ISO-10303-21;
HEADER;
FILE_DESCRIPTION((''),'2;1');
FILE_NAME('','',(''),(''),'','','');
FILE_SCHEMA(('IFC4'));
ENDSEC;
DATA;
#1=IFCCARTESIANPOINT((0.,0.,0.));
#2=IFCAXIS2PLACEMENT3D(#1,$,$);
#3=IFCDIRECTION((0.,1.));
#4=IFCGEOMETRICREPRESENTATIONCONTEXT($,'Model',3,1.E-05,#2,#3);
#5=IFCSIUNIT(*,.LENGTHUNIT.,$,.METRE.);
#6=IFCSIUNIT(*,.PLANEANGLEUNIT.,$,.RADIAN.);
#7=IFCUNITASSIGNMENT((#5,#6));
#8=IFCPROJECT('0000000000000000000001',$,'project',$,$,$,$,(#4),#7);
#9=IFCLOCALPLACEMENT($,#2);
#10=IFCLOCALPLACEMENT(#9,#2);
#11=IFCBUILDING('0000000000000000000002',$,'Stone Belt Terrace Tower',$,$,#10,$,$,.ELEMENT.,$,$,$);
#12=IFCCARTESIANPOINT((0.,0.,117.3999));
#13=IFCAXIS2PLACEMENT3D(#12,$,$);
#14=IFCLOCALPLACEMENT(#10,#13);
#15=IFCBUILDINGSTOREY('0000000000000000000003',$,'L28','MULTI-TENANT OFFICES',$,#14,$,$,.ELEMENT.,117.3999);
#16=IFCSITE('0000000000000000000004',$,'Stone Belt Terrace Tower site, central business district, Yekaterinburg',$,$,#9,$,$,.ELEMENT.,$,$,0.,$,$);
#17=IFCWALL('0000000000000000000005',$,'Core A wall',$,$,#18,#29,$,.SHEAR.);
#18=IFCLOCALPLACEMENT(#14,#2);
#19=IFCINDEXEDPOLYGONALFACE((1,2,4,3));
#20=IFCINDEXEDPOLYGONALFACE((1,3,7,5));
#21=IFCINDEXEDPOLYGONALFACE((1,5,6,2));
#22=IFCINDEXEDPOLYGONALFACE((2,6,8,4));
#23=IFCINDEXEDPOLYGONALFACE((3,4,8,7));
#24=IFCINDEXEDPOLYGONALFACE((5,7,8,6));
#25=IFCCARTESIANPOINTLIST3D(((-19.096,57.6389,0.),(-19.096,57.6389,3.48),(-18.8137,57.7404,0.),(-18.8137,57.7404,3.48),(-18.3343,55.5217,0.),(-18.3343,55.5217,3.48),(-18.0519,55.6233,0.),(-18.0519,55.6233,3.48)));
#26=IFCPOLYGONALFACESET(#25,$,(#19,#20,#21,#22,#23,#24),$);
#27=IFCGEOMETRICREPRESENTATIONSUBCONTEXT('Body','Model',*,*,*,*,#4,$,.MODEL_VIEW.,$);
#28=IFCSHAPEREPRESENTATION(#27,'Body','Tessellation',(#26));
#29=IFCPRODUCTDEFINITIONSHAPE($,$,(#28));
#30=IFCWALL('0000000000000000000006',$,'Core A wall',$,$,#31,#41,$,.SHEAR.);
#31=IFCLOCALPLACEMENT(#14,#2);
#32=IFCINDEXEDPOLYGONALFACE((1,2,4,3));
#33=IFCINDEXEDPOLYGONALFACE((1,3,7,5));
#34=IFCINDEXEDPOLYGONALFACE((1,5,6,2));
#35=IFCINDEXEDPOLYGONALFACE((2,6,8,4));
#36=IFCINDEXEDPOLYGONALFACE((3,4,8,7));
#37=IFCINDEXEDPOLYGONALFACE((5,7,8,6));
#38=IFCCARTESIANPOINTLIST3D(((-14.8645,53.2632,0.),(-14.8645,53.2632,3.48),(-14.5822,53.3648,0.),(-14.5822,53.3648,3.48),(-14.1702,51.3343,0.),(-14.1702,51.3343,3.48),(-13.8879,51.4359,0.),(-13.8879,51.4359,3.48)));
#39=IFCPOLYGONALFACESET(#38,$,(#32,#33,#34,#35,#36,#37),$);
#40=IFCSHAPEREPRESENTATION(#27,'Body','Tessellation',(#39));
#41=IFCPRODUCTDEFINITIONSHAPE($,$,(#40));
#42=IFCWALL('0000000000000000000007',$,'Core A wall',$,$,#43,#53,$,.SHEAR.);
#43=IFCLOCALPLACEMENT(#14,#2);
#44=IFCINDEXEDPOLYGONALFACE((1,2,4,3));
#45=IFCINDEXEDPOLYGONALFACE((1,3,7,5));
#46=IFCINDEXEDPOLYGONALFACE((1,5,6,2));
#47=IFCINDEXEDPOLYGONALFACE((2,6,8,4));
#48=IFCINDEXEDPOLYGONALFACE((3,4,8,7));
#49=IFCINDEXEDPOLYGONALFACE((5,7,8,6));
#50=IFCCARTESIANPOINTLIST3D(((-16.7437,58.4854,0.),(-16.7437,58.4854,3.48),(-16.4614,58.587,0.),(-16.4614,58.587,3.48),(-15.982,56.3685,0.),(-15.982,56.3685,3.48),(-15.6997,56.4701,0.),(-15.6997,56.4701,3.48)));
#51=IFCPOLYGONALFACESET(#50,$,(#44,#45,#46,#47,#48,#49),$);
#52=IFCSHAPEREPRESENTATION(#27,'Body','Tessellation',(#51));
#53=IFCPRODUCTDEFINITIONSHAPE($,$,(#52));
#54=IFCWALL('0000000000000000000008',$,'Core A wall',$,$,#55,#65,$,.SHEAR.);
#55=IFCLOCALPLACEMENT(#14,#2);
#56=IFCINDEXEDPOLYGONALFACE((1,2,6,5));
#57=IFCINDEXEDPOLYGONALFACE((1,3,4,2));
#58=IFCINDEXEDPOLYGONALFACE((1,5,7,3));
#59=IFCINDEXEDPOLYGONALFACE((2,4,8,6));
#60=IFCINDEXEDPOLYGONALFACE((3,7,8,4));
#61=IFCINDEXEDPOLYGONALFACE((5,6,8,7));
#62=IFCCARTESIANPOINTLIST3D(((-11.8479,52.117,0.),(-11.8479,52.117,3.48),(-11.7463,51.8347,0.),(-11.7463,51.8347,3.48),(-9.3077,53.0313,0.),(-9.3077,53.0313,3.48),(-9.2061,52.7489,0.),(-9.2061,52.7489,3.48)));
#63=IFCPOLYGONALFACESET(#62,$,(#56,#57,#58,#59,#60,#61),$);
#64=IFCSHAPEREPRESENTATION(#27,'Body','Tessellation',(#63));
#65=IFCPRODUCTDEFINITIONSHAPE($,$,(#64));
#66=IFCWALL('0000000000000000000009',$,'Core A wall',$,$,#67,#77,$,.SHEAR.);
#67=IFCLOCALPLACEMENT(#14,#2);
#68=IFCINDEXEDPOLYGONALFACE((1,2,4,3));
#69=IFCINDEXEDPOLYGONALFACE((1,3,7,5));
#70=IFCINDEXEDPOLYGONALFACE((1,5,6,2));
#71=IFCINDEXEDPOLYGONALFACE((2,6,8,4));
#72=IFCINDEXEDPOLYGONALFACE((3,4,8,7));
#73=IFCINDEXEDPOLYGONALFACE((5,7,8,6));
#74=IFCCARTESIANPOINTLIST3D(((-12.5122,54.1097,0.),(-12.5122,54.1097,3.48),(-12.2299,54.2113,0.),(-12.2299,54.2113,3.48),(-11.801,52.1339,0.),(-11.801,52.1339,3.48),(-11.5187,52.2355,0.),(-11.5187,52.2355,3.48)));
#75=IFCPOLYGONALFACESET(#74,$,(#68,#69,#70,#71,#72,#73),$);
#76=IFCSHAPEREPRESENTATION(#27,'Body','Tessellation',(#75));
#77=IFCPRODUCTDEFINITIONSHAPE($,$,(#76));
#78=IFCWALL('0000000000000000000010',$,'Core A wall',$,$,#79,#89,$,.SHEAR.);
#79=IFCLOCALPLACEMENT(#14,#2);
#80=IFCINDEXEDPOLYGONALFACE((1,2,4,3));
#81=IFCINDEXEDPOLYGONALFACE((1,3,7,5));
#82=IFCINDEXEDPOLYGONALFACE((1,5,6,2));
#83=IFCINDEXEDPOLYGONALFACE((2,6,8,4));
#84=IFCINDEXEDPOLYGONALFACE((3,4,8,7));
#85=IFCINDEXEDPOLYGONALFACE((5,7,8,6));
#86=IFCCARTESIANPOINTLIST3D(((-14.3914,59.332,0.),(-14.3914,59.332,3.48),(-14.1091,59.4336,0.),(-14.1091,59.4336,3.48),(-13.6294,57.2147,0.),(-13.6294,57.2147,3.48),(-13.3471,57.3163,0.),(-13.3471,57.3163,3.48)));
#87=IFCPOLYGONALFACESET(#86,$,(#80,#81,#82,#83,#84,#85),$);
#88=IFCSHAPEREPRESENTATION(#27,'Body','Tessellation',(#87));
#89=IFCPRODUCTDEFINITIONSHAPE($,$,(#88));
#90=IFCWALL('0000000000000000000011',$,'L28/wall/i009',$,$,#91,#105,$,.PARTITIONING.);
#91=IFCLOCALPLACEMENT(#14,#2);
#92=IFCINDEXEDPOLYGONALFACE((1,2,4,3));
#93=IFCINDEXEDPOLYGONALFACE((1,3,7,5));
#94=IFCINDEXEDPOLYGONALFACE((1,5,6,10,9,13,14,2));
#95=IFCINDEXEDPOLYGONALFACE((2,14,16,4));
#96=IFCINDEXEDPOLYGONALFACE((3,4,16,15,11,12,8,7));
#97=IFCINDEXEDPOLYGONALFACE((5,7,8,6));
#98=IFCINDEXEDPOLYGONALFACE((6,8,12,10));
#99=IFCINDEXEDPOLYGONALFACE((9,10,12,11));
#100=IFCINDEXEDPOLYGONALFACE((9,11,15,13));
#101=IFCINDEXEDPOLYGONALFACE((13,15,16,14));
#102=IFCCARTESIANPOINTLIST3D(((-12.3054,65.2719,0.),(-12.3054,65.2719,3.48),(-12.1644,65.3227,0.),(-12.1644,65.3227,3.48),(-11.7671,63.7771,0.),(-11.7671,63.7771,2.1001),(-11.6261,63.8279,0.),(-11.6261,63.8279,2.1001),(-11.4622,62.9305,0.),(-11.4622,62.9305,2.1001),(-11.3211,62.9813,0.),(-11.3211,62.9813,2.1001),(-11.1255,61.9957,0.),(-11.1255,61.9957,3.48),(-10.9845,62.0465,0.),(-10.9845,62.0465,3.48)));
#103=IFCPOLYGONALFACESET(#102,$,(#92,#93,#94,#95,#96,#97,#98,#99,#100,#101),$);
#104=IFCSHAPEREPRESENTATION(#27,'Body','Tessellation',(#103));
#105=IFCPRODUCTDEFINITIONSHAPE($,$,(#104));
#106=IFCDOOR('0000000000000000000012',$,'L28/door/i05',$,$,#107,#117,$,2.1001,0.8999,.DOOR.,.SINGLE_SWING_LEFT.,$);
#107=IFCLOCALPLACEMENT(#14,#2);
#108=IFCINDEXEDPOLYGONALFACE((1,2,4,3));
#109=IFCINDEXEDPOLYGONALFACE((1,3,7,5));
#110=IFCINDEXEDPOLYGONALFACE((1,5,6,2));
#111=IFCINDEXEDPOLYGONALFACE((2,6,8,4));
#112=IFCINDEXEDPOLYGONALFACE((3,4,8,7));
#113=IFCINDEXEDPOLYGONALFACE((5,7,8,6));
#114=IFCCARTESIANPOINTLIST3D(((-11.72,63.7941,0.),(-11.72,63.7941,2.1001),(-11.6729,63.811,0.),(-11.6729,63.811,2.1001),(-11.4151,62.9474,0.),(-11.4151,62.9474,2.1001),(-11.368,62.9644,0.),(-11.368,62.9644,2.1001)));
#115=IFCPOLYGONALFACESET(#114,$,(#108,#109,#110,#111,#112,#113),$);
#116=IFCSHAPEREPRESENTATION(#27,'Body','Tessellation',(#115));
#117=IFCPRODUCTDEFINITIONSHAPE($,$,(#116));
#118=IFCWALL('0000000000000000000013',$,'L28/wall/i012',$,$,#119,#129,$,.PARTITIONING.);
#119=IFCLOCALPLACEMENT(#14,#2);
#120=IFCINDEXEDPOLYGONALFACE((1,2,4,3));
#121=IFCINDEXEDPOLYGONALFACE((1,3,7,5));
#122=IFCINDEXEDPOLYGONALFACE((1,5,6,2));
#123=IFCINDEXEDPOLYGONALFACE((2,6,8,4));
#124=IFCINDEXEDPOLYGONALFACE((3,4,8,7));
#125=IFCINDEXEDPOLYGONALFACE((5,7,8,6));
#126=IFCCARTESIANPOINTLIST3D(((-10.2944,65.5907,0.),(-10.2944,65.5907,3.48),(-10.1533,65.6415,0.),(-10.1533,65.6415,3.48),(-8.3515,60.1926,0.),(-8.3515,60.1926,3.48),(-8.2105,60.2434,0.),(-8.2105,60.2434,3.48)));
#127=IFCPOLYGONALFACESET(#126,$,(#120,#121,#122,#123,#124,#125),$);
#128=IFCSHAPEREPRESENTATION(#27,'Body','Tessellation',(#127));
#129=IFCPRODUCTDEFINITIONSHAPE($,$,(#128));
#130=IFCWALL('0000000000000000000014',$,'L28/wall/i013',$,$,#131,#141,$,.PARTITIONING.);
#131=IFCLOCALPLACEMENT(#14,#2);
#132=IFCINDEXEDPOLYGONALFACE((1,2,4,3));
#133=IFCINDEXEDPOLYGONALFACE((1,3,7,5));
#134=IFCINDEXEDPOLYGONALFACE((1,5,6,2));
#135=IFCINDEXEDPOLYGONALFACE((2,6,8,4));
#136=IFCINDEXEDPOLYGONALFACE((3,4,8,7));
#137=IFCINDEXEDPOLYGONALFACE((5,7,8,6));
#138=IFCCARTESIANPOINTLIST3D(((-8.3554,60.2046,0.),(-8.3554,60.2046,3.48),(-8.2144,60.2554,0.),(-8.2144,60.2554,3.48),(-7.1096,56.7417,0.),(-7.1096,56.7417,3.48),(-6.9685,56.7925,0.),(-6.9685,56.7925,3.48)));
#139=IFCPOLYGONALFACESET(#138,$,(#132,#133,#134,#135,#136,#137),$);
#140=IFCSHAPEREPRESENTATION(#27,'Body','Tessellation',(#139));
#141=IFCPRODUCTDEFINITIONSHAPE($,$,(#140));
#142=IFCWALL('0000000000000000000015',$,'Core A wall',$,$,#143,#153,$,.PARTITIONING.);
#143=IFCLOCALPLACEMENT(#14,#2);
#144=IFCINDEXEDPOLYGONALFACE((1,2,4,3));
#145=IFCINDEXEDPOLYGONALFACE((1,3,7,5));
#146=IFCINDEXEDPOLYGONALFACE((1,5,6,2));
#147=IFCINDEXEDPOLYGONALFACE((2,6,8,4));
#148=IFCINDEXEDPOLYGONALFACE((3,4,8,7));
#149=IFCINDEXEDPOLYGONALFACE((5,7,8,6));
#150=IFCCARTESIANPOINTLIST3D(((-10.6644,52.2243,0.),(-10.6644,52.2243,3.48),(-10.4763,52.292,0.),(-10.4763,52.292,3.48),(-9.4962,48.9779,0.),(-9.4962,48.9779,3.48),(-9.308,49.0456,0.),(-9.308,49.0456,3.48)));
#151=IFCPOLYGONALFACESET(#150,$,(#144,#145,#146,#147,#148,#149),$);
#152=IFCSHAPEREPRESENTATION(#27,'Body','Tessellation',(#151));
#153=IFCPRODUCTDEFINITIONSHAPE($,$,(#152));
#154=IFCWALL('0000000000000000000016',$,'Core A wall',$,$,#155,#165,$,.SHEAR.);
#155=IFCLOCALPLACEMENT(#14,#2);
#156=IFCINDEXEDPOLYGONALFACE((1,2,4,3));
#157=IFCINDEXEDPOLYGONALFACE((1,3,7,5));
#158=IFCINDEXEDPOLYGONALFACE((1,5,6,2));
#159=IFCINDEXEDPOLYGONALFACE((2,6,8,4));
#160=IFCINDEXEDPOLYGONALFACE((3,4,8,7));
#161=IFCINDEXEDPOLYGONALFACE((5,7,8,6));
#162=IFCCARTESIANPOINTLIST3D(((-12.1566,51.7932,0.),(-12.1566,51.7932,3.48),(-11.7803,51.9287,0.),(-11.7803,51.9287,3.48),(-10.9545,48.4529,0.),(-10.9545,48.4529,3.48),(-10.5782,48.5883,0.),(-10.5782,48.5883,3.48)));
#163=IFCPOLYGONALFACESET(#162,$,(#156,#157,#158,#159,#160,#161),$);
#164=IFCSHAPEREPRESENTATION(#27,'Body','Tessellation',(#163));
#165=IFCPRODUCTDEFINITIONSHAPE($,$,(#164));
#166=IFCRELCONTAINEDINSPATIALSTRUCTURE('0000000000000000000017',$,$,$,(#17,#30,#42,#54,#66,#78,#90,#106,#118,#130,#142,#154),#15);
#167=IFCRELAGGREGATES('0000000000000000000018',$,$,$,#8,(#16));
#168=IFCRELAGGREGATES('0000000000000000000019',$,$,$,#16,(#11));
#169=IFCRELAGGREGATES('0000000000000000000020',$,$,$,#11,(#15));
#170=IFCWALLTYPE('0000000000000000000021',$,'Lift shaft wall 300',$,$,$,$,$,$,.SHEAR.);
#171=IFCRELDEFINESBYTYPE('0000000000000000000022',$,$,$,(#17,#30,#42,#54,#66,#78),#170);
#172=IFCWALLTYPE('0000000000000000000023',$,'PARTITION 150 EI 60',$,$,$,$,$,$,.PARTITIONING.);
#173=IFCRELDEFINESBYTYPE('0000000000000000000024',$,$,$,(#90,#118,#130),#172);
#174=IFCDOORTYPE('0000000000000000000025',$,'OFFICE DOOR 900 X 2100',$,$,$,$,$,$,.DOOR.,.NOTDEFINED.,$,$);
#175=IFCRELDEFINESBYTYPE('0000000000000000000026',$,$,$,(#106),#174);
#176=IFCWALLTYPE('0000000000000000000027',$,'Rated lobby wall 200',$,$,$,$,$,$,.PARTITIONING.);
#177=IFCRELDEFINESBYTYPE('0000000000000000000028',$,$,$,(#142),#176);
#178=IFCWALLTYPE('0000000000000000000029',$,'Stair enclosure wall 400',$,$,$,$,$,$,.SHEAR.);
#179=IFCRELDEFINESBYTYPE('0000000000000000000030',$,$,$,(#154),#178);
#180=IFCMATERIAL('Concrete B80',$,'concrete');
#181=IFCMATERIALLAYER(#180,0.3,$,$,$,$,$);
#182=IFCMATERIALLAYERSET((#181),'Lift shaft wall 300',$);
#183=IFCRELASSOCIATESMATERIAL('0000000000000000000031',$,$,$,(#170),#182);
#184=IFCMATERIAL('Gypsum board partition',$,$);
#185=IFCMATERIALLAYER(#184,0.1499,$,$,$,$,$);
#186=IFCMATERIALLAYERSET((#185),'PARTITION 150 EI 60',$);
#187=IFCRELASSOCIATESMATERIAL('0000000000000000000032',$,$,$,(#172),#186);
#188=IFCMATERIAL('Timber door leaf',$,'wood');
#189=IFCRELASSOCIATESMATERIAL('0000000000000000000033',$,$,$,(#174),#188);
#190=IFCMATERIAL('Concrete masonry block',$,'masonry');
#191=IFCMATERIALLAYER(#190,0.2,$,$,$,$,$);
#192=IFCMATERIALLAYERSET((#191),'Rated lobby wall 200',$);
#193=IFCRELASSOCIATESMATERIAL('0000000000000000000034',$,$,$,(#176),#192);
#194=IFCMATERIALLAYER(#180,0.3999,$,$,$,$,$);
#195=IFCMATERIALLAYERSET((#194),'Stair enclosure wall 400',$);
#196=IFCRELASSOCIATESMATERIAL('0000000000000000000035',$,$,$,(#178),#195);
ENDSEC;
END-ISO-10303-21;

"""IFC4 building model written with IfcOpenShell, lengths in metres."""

from ifc_helpers import new_model, si_unit, direction, frame, frame_2d, origin, place, context, subcontext, project, spatial, rectangle, extrude, material, layer, layer_set, type_object, element, fill, save


model = new_model("IFC4")

# Units and contexts
model_context = context("Model", 3, precision=1e-05, world=origin(), true_north=direction((0.0, 1.0)))
body_context = subcontext(model_context, "Body", "Model", "MODEL_VIEW")
ifc_project = project(units=[si_unit("LENGTHUNIT", "METRE"), si_unit("PLANEANGLEUNIT", "RADIAN")], contexts=[model_context])

# Site, building, storey
site_placement = place(None, origin())
site = spatial("IfcSite", under=ifc_project, at=site_placement, Name="Stone Belt Terrace Tower site, central business district, Yekaterinburg", CompositionType="ELEMENT", RefElevation=0.0)
building_placement = place(site_placement, origin())
building = spatial("IfcBuilding", under=site, at=building_placement, Name="Stone Belt Terrace Tower", CompositionType="ELEMENT")
storey_placement = place(building_placement, frame((0.0, 0.0, 117.3999)))
storey = spatial("IfcBuildingStorey", under=building, at=storey_placement, Name="L28", Description="MULTI-TENANT OFFICES", CompositionType="ELEMENT", Elevation=117.3999)

# Shared definitions
ifc_material_1 = material(Name="Concrete B80", Category="concrete")

# Shared definitions
ifc_material_2 = material(Name="Timber door leaf", Category="wood")

# Walls
ifc_layer_1 = layer(ifc_material_1, 0.3)
ifc_layer_set_1 = layer_set([ifc_layer_1], Name="Lift shaft wall 300")
wall_type_1 = type_object("IfcWallType", Name="Lift shaft wall 300", PredefinedType="SHEAR", material=ifc_layer_set_1)
wall_1_placement = place(storey_placement, frame((-18.1931, 55.5725, 0.0), z_axis=(0.0, 0.0, 1.0), x_axis=(-0.338535, 0.940954, 0.0)))
element("IfcWall", 1, at=wall_1_placement, inside=storey, type_object=wall_type_1, Name="Core A wall", PredefinedType="SHEAR", context=body_context, shape_type="SweptSolid", body=[
    extrude(rectangle(XDim=2.25, YDim=0.3, at=frame_2d((1.125, 0.0))), origin(), (0.0, 0.0, 1.0), 3.48),
])
wall_2_placement = place(storey_placement, frame((-14.0291, 51.3853, 0.0), z_axis=(0.0, 0.0, 1.0), x_axis=(-0.338682, 0.940901, 0.0)))
element("IfcWall", 2, at=wall_2_placement, inside=storey, type_object=wall_type_1, Name="Core A wall", PredefinedType="SHEAR", context=body_context, shape_type="SweptSolid", body=[
    extrude(rectangle(XDim=2.05, YDim=0.3, at=frame_2d((1.0249, 0.0))), origin(), (0.0, 0.0, 1.0), 3.48),
])
wall_3_placement = place(storey_placement, frame((-15.8408, 56.4192, 0.0), z_axis=(0.0, 0.0, 1.0), x_axis=(-0.33857, 0.940941, 0.0)))
element("IfcWall", 3, at=wall_3_placement, inside=storey, type_object=wall_type_1, Name="Core A wall", PredefinedType="SHEAR", context=body_context, shape_type="SweptSolid", body=[
    extrude(rectangle(XDim=2.2498, YDim=0.3, at=frame_2d((1.125, 0.0))), origin(), (0.0, 0.0, 1.0), 3.48),
])
wall_4_placement = place(storey_placement, frame((-11.7971, 51.9758, 0.0), z_axis=(0.0, 0.0, 1.0), x_axis=(0.94091, 0.338655, 0.0)))
element("IfcWall", 4, at=wall_4_placement, inside=storey, type_object=wall_type_1, Name="Core A wall", PredefinedType="SHEAR", context=body_context, shape_type="SweptSolid", body=[
    extrude(rectangle(XDim=2.6997, YDim=0.3, at=frame_2d((1.3499, 0.0))), origin(), (0.0, 0.0, 1.0), 3.48),
])
wall_5_placement = place(storey_placement, frame((-11.6599, 52.1848, 0.0), z_axis=(0.0, 0.0, 1.0), x_axis=(-0.33867, 0.940905, 0.0)))
element("IfcWall", 5, at=wall_5_placement, inside=storey, type_object=wall_type_1, Name="Core A wall", PredefinedType="SHEAR", context=body_context, shape_type="SweptSolid", body=[
    extrude(rectangle(XDim=2.0999, YDim=0.3, at=frame_2d((1.0498, 0.0))), origin(), (0.0, 0.0, 1.0), 3.48),
])
wall_6_placement = place(storey_placement, frame((-13.4883, 57.2656, 0.0), z_axis=(0.0, 0.0, 1.0), x_axis=(-0.338631, 0.940919, 0.0)))
element("IfcWall", 6, at=wall_6_placement, inside=storey, type_object=wall_type_1, Name="Core A wall", PredefinedType="SHEAR", context=body_context, shape_type="SweptSolid", body=[
    extrude(rectangle(XDim=2.2502, YDim=0.3, at=frame_2d((1.125, 0.0))), origin(), (0.0, 0.0, 1.0), 3.48),
])

# Wall, opening, door
ifc_material_3 = material(Name="Gypsum board partition")
ifc_layer_2 = layer(ifc_material_3, 0.1499)
ifc_layer_set_2 = layer_set([ifc_layer_2], Name="PARTITION 150 EI 60")
wall_type_2 = type_object("IfcWallType", Name="PARTITION 150 EI 60", PredefinedType="PARTITIONING", material=ifc_layer_set_2)
wall_7_placement = place(storey_placement, frame((-11.0549, 62.021, 0.0), z_axis=(0.0, 0.0, 1.0), x_axis=(-0.338854, 0.940839, 0.0)))
wall_7 = element("IfcWall", 7, at=wall_7_placement, inside=storey, type_object=wall_type_2, Name="L28/wall/i009", PredefinedType="PARTITIONING", context=body_context, shape_type="SweptSolid", body=[
    extrude(rectangle(XDim=3.4822, YDim=0.1499, at=frame_2d((1.7412, 0.0))), origin(), (0.0, 0.0, 1.0), 3.48),
])
opening_1_placement = place(wall_7_placement, frame((0.9937, 0.0, 0.0)))
opening_1 = element("IfcOpeningElement", 8, at=opening_1_placement, cuts=wall_7, PredefinedType="OPENING", context=body_context, shape_type="SweptSolid", body=[
    extrude(rectangle(XDim=0.8999, YDim=2.1001, at=frame_2d((0.45, 1.05))), frame((0.0, 0.085, 0.0), z_axis=(0.0, -1.0, 0.0), x_axis=(1.0, 0.0, 0.0)), (0.0, 0.0, 1.0), 0.1699),
])
door_type_1 = type_object("IfcDoorType", Name="OFFICE DOOR 900 X 2100", OperationType="NOTDEFINED", PredefinedType="DOOR", material=ifc_material_2)
door_1_placement = place(opening_1_placement, origin())
door_1 = element("IfcDoor", 9, at=door_1_placement, inside=storey, type_object=door_type_1, Name="L28/door/i05", OperationType="SINGLE_SWING_LEFT", OverallHeight=2.1001, OverallWidth=0.8999, PredefinedType="DOOR", context=body_context, shape_type="SweptSolid", body=[
    extrude(rectangle(XDim=0.8999, YDim=2.1001, at=frame_2d((0.45, 1.05))), frame((0.0, 0.0249, 0.0), z_axis=(0.0, -1.0, 0.0), x_axis=(1.0, 0.0, 0.0)), (0.0, 0.0, 1.0), 0.05),
])
fill(opening_1, door_1)

# Walls
wall_8_placement = place(storey_placement, frame((-10.2239, 65.6162, 0.0), z_axis=(0.0, 0.0, 1.0), x_axis=(0.338646, -0.940914, 0.0)))
element("IfcWall", 10, at=wall_8_placement, inside=storey, type_object=wall_type_2, Name="L28/wall/i012", PredefinedType="PARTITIONING", context=body_context, shape_type="SweptSolid", body=[
    extrude(rectangle(XDim=5.7371, YDim=0.1499, at=frame_2d((2.8687, 0.0))), origin(), (0.0, 0.0, 1.0), 3.48),
])
wall_9_placement = place(storey_placement, frame((-8.2849, 60.23, 0.0), z_axis=(0.0, 0.0, 1.0), x_axis=(0.338529, -0.940956, 0.0)))
element("IfcWall", 11, at=wall_9_placement, inside=storey, type_object=wall_type_2, Name="L28/wall/i013", PredefinedType="PARTITIONING", context=body_context, shape_type="SweptSolid", body=[
    extrude(rectangle(XDim=3.6802, YDim=0.1499, at=frame_2d((1.8401, 0.0))), origin(), (0.0, 0.0, 1.0), 3.48),
])
ifc_material_4 = material(Name="Concrete masonry block", Category="masonry")
ifc_layer_3 = layer(ifc_material_4, 0.2)
ifc_layer_set_3 = layer_set([ifc_layer_3], Name="Rated lobby wall 200")
wall_type_3 = type_object("IfcWallType", Name="Rated lobby wall 200", PredefinedType="PARTITIONING", material=ifc_layer_set_3)
wall_10_placement = place(storey_placement, frame((-9.4021, 49.0117, 0.0), z_axis=(0.0, 0.0, 1.0), x_axis=(-0.338599, 0.940931, 0.0)))
element("IfcWall", 12, at=wall_10_placement, inside=storey, type_object=wall_type_3, Name="Core A wall", PredefinedType="PARTITIONING", context=body_context, shape_type="SweptSolid", body=[
    extrude(rectangle(XDim=3.4502, YDim=0.2, at=frame_2d((1.7251, 0.0))), origin(), (0.0, 0.0, 1.0), 3.48),
])
ifc_layer_4 = layer(ifc_material_1, 0.3999)
ifc_layer_set_4 = layer_set([ifc_layer_4], Name="Stair enclosure wall 400")
wall_type_4 = type_object("IfcWallType", Name="Stair enclosure wall 400", PredefinedType="SHEAR", material=ifc_layer_set_4)
wall_11_placement = place(storey_placement, frame((-10.7664, 48.5208, 0.0), z_axis=(0.0, 0.0, 1.0), x_axis=(-0.338627, 0.940921, 0.0)))
element("IfcWall", 13, at=wall_11_placement, inside=storey, type_object=wall_type_4, Name="Core A wall", PredefinedType="SHEAR", context=body_context, shape_type="SweptSolid", body=[
    extrude(rectangle(XDim=3.55, YDim=0.3999, at=frame_2d((1.7749, 0.0))), origin(), (0.0, 0.0, 1.0), 3.48),
])

save(model, "model.ifc")
